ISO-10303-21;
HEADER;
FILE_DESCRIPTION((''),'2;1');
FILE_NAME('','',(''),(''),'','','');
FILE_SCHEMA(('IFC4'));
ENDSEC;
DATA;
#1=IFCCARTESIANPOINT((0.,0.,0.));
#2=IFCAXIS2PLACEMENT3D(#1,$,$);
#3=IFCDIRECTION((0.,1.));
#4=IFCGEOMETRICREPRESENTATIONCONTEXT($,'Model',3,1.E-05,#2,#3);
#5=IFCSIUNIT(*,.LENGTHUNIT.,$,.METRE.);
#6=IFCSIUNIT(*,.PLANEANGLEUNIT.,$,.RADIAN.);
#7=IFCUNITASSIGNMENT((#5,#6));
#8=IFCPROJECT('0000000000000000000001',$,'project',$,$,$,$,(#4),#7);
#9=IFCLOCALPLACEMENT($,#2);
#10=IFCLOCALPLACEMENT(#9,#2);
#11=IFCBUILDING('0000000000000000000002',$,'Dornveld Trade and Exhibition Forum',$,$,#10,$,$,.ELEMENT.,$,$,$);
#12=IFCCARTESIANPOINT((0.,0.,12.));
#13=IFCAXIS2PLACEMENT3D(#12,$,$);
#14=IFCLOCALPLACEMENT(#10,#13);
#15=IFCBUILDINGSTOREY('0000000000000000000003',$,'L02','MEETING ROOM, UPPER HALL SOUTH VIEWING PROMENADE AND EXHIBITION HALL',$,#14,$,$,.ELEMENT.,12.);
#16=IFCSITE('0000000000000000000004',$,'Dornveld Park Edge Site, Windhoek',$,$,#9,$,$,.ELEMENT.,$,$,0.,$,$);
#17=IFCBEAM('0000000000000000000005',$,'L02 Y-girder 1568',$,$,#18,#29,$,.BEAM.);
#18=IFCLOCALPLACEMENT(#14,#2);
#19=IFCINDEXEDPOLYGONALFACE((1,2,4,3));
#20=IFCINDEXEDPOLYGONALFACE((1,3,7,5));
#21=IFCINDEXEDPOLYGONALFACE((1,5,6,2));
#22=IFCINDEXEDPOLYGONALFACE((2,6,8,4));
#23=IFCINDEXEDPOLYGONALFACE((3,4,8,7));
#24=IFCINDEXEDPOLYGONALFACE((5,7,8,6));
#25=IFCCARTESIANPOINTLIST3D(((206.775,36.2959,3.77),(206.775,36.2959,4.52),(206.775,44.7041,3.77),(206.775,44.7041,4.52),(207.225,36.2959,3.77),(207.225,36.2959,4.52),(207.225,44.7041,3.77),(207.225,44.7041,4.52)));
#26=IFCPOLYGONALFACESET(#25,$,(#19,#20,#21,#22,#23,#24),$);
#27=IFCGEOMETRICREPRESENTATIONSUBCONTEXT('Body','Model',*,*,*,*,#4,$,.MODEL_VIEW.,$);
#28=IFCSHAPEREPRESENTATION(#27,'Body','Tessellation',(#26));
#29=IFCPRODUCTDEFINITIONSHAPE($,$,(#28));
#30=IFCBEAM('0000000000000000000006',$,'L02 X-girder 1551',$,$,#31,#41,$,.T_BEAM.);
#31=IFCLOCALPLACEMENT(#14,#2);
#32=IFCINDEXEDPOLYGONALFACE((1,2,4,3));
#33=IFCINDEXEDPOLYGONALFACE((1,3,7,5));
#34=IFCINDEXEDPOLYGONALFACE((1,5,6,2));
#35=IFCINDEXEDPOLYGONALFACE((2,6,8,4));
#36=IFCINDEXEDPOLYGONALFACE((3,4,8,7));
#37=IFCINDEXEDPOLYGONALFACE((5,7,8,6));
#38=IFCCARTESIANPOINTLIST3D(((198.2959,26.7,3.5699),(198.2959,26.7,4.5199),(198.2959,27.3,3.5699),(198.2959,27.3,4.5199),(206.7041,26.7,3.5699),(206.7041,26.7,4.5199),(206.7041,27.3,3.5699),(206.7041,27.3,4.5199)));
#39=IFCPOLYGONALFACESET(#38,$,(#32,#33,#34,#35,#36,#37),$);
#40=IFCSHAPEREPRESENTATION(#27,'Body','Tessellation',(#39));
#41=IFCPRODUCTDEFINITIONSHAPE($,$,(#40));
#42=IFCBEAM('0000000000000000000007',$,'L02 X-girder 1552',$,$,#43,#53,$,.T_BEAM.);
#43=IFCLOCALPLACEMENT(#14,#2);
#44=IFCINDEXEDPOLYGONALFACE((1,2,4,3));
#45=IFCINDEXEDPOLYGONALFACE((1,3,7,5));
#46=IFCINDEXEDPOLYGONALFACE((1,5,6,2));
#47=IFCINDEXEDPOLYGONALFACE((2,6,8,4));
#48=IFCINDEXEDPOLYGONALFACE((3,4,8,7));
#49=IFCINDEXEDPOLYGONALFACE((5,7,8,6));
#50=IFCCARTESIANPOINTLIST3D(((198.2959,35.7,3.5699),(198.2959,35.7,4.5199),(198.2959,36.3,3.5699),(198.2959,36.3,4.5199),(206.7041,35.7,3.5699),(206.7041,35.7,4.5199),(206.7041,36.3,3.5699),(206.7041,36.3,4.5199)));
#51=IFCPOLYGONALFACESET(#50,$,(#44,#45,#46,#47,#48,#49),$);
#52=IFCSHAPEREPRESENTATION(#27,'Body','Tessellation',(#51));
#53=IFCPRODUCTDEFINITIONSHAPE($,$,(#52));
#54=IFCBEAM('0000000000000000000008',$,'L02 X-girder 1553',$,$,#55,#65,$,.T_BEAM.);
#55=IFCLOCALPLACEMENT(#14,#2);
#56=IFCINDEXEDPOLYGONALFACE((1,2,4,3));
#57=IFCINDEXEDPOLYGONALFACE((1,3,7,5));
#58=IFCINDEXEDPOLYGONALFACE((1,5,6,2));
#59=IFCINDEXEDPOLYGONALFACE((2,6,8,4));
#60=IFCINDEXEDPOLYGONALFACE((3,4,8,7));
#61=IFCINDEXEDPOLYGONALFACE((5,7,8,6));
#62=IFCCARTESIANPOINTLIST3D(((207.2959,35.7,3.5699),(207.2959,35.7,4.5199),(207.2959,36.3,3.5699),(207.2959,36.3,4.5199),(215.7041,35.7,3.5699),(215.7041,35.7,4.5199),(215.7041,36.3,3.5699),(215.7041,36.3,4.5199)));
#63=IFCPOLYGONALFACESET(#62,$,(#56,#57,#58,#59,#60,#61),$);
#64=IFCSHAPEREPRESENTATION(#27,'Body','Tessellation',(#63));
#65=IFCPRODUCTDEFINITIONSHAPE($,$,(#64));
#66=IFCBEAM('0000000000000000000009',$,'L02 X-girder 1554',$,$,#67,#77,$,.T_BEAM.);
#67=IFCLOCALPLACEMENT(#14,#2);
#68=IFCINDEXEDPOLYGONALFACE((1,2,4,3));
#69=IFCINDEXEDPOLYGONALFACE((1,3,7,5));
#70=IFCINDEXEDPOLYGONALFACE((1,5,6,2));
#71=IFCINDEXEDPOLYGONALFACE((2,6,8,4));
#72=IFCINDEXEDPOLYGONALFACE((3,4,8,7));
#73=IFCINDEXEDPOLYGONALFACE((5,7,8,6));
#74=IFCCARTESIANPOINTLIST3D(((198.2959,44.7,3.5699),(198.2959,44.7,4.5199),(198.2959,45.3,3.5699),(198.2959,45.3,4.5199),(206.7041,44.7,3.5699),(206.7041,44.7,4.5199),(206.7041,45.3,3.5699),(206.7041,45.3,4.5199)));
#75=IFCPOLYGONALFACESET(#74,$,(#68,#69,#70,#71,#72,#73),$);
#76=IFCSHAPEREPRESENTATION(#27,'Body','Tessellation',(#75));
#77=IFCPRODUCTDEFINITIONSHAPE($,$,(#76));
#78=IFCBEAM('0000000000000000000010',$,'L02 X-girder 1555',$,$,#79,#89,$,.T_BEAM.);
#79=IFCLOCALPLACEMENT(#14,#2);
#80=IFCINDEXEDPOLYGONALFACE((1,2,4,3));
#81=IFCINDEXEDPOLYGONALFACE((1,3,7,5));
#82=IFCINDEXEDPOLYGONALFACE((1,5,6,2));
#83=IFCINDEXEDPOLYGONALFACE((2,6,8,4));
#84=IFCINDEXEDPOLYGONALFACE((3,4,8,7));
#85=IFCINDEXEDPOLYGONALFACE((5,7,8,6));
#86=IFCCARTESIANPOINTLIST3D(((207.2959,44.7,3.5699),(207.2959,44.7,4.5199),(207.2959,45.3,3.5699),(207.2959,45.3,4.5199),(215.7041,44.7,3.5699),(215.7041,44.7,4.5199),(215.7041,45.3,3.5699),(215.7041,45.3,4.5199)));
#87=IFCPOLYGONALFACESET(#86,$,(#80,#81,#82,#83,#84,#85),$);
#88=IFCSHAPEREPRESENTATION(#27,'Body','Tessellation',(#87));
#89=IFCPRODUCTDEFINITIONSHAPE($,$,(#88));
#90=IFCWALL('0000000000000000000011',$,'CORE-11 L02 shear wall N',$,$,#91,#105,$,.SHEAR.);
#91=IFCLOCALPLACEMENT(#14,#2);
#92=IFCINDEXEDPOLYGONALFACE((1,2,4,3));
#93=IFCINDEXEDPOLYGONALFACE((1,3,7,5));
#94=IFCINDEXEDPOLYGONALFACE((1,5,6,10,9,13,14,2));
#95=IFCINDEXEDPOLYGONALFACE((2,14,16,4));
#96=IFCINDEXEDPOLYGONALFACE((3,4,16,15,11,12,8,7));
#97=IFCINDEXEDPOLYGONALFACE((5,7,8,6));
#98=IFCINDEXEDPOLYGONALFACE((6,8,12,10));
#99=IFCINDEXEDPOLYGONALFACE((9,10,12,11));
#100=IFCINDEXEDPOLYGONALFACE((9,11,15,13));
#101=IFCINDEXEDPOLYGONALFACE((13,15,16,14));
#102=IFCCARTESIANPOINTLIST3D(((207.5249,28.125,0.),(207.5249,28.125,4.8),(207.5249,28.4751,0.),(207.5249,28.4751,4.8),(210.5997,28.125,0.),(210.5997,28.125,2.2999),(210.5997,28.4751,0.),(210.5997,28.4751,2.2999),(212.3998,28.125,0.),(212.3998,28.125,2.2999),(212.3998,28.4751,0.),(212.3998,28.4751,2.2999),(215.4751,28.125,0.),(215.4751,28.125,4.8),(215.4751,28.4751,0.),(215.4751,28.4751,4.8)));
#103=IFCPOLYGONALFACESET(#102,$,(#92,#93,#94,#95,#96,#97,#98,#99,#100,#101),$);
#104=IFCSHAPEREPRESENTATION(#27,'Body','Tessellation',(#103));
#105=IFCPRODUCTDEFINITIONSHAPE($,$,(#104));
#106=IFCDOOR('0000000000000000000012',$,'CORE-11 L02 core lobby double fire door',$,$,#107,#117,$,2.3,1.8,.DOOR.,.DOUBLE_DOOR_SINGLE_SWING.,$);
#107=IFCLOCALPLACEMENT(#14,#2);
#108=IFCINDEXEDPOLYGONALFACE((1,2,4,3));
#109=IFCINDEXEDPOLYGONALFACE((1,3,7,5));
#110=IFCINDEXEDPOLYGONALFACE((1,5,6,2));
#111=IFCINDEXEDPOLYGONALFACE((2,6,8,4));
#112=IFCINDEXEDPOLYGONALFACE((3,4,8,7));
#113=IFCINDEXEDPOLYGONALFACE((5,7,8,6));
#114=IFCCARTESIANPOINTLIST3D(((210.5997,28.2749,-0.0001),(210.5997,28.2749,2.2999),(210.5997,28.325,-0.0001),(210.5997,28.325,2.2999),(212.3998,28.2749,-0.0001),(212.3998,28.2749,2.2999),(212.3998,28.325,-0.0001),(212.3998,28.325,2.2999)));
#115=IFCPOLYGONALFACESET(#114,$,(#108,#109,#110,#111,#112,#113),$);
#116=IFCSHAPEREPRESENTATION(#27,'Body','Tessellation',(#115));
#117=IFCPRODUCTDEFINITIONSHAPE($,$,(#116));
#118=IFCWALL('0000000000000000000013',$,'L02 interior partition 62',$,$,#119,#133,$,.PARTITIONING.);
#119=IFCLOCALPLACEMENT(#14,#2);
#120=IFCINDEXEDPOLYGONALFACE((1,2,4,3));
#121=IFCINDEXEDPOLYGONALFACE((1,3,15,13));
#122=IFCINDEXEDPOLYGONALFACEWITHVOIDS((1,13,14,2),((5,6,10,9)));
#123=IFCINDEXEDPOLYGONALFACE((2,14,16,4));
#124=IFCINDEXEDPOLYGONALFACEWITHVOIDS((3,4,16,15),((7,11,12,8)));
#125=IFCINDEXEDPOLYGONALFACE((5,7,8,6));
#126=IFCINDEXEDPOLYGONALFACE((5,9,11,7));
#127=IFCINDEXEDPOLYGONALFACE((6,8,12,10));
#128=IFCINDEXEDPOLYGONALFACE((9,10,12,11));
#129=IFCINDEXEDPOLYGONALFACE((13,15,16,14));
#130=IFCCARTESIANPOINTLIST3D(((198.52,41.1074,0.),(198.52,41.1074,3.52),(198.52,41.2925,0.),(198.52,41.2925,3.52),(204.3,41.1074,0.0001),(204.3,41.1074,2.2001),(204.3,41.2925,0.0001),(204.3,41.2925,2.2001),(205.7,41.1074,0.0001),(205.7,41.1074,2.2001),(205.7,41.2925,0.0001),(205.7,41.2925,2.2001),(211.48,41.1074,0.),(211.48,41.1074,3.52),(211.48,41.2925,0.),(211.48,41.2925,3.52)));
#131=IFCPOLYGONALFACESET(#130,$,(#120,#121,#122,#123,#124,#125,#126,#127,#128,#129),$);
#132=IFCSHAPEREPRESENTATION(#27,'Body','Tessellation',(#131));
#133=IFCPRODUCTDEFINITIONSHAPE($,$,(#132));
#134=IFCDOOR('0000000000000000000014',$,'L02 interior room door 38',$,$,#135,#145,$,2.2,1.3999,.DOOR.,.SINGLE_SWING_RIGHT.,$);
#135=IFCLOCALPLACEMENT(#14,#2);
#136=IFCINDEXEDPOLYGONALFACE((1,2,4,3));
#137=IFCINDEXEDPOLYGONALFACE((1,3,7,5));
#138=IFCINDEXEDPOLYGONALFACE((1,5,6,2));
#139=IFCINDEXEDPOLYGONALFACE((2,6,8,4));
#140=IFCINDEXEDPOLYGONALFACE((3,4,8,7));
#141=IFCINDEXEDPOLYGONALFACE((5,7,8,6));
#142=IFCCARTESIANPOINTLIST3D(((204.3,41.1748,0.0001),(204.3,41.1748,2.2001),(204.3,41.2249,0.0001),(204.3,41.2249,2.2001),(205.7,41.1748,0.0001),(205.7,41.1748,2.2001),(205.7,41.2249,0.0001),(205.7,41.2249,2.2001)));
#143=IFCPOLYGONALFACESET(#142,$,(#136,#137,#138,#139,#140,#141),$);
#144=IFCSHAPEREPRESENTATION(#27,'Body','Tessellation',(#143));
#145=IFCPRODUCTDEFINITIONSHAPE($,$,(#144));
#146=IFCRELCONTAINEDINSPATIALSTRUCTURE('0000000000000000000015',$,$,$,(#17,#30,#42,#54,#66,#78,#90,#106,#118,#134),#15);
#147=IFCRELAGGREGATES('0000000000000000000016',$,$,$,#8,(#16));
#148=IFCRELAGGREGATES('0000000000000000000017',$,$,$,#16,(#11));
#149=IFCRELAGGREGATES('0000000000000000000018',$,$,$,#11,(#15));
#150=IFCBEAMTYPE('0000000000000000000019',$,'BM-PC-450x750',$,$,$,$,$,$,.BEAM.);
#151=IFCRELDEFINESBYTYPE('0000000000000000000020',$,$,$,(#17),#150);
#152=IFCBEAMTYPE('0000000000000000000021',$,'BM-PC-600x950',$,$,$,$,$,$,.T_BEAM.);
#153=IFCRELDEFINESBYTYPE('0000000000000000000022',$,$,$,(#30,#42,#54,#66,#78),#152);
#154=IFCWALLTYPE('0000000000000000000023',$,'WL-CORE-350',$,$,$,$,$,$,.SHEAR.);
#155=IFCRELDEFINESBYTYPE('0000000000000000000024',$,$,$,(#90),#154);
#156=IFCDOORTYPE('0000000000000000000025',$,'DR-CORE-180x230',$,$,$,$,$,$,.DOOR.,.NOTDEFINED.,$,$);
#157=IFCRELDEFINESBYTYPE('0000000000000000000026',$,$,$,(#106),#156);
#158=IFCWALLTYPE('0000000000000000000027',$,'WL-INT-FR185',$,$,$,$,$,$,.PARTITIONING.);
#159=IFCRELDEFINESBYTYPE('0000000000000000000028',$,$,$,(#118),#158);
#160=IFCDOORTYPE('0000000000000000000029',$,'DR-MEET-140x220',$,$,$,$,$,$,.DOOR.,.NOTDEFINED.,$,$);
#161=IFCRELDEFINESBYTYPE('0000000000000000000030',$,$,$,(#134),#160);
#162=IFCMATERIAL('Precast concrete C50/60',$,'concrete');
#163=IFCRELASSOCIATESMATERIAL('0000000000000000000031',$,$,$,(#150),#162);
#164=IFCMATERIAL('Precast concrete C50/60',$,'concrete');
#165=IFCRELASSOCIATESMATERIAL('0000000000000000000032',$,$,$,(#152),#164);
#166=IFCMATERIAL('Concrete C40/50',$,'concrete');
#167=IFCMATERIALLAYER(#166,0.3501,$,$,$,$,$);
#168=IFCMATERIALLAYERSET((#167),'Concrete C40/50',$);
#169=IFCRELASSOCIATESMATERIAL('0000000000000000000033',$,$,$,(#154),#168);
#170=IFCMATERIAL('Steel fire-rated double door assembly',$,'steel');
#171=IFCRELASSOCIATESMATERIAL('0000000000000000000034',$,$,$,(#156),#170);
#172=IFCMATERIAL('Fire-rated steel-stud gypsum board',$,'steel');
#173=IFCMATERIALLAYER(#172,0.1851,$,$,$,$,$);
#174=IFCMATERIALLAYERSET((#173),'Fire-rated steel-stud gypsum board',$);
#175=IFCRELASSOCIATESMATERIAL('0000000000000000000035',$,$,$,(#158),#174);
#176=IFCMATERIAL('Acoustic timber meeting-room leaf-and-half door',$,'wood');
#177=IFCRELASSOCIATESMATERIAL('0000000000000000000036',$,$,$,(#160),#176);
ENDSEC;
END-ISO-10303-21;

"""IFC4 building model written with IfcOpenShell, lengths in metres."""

from ifc_helpers import new_model, si_unit, direction, frame, frame_2d, origin, origin_2d, place, context, subcontext, project, spatial, rectangle, extrude, material, layer, layer_set, material_profile, profile_set, type_object, element, fill, save


model = new_model("IFC4")

# Units and contexts
model_context = context("Model", 3, precision=1e-05, world=origin(), true_north=direction((0.0, 1.0)))
body_context = subcontext(model_context, "Body", "Model", "MODEL_VIEW")
ifc_project = project(units=[si_unit("LENGTHUNIT", "METRE"), si_unit("PLANEANGLEUNIT", "RADIAN")], contexts=[model_context])

# Site, building, storey
site_placement = place(None, origin())
site = spatial("IfcSite", under=ifc_project, at=site_placement, Name="Dornveld Park Edge Site, Windhoek", CompositionType="ELEMENT", RefElevation=0.0)
building_placement = place(site_placement, origin())
building = spatial("IfcBuilding", under=site, at=building_placement, Name="Dornveld Trade and Exhibition Forum", CompositionType="ELEMENT")
storey_placement = place(building_placement, frame((0.0, 0.0, 12.0)))
storey = spatial("IfcBuildingStorey", under=building, at=storey_placement, Name="L02", Description="MEETING ROOM, UPPER HALL SOUTH VIEWING PROMENADE AND EXHIBITION HALL", CompositionType="ELEMENT", Elevation=12.0)

# Beams
ifc_material_1 = material(Name="Precast concrete C50/60", Category="concrete")
ifc_material_profile_1 = material_profile(ifc_material_1, rectangle(XDim=0.45, YDim=0.75, at=origin_2d()), Name="PC-BM 450x750")
ifc_profile_set_1 = profile_set([ifc_material_profile_1], Name="Precast concrete C50/60")
beam_type_1 = type_object("IfcBeamType", Name="BM-PC-450x750", PredefinedType="BEAM", material=ifc_profile_set_1)
for number, where, z_axis, x_axis, name in (
    (1, (207.0, 36.2959, 4.145), (0.0, 1.0, 0.0), (-1.0, 0.0, 0.0), "L02 Y-girder 1568"),
):
    element("IfcBeam", number, at=place(storey_placement, frame(where, z_axis=z_axis, x_axis=x_axis)), inside=storey, type_object=beam_type_1, Name=name, PredefinedType="BEAM", context=body_context, shape_type="SweptSolid", body=[
        extrude(rectangle(XDim=0.45, YDim=0.75, at=origin_2d()), origin(), (0.0, 0.0, 1.0), 8.4082),
    ])
ifc_material_2 = material(Name="Precast concrete C50/60", Category="concrete")
ifc_material_profile_2 = material_profile(ifc_material_2, rectangle(XDim=0.6001, YDim=0.95, at=origin_2d()), Name="PC-GIR 600x950")
ifc_profile_set_2 = profile_set([ifc_material_profile_2], Name="Precast concrete C50/60")
beam_type_2 = type_object("IfcBeamType", Name="BM-PC-600x950", PredefinedType="T_BEAM", material=ifc_profile_set_2)
for number, where, z_axis, x_axis, name in (
    (2, (198.2959, 27.0, 4.0449), (1.0, 0.0, 0.0), (0.0, 1.0, 0.0), "L02 X-girder 1551"),
    (3, (198.2959, 36.0, 4.0449), (1.0, 0.0, 0.0), (0.0, 1.0, 0.0), "L02 X-girder 1552"),
    (4, (207.2959, 36.0, 4.0449), (1.0, 0.0, 0.0), (0.0, 1.0, 0.0), "L02 X-girder 1553"),
    (5, (198.2959, 45.0, 4.0449), (1.0, 0.0, 0.0), (0.0, 1.0, 0.0), "L02 X-girder 1554"),
    (6, (207.2959, 45.0, 4.0449), (1.0, 0.0, 0.0), (0.0, 1.0, 0.0), "L02 X-girder 1555"),
):
    element("IfcBeam", number, at=place(storey_placement, frame(where, z_axis=z_axis, x_axis=x_axis)), inside=storey, type_object=beam_type_2, Name=name, PredefinedType="T_BEAM", context=body_context, shape_type="SweptSolid", body=[
        extrude(rectangle(XDim=0.6001, YDim=0.95, at=origin_2d()), origin(), (0.0, 0.0, 1.0), 8.4082),
    ])

# Walls, openings, doors
ifc_material_3 = material(Name="Concrete C40/50", Category="concrete")
ifc_layer_1 = layer(ifc_material_3, 0.3501)
ifc_layer_set_1 = layer_set([ifc_layer_1], Name="Concrete C40/50")
wall_type_1 = type_object("IfcWallType", Name="WL-CORE-350", PredefinedType="SHEAR", material=ifc_layer_set_1)
wall_1_placement = place(storey_placement, frame((207.5249, 28.3, 0.0), z_axis=(0.0, 0.0, 1.0), x_axis=(1.0, 0.0, 0.0)))
wall_1 = element("IfcWall", 7, at=wall_1_placement, inside=storey, type_object=wall_type_1, Name="CORE-11 L02 shear wall N", PredefinedType="SHEAR", context=body_context, shape_type="SweptSolid", body=[
    extrude(rectangle(XDim=7.9502, YDim=0.3501, at=frame_2d((3.9751, 0.0))), origin(), (0.0, 0.0, 1.0), 4.8),
])
opening_1_placement = place(wall_1_placement, frame((3.075, 0.0, 0.0)))
opening_1 = element("IfcOpeningElement", 8, at=opening_1_placement, cuts=wall_1, PredefinedType="OPENING", context=body_context, shape_type="SweptSolid", body=[
    extrude(rectangle(XDim=1.8, YDim=2.3, at=frame_2d((0.8999, 1.1499))), frame((0.0, 0.1851, 0.0), z_axis=(0.0, -1.0, 0.0), x_axis=(1.0, 0.0, 0.0)), (0.0, 0.0, 1.0), 0.3701),
])
ifc_material_4 = material(Name="Steel fire-rated double door assembly", Category="steel")
door_type_1 = type_object("IfcDoorType", Name="DR-CORE-180x230", OperationType="NOTDEFINED", PredefinedType="DOOR", material=ifc_material_4)
door_1_placement = place(opening_1_placement, origin())
door_1 = element("IfcDoor", 9, at=door_1_placement, inside=storey, type_object=door_type_1, Name="CORE-11 L02 core lobby double fire door", OperationType="DOUBLE_DOOR_SINGLE_SWING", OverallHeight=2.3, OverallWidth=1.8, PredefinedType="DOOR", context=body_context, shape_type="SweptSolid", body=[
    extrude(rectangle(XDim=1.8, YDim=2.3, at=frame_2d((0.8999, 1.1499))), frame((0.0, 0.0249, 0.0), z_axis=(0.0, -1.0, 0.0), x_axis=(1.0, 0.0, 0.0)), (0.0, 0.0, 1.0), 0.05),
])
fill(opening_1, door_1)
ifc_material_5 = material(Name="Fire-rated steel-stud gypsum board", Category="steel")
ifc_layer_2 = layer(ifc_material_5, 0.1851)
ifc_layer_set_2 = layer_set([ifc_layer_2], Name="Fire-rated steel-stud gypsum board")
wall_type_2 = type_object("IfcWallType", Name="WL-INT-FR185", PredefinedType="PARTITIONING", material=ifc_layer_set_2)
wall_2_placement = place(storey_placement, frame((198.52, 41.2, 0.0), z_axis=(0.0, 0.0, 1.0), x_axis=(1.0, 0.0, 0.0)))
wall_2 = element("IfcWall", 10, at=wall_2_placement, inside=storey, type_object=wall_type_2, Name="L02 interior partition 62", PredefinedType="PARTITIONING", context=body_context, shape_type="SweptSolid", body=[
    extrude(rectangle(XDim=12.96, YDim=0.1851, at=frame_2d((6.48, 0.0))), origin(), (0.0, 0.0, 1.0), 3.52),
])
opening_2_placement = place(wall_2_placement, frame((5.78, 0.0, 0.0)))
opening_2 = element("IfcOpeningElement", 11, at=opening_2_placement, cuts=wall_2, PredefinedType="OPENING", context=body_context, shape_type="SweptSolid", body=[
    extrude(rectangle(XDim=1.3999, YDim=2.2, at=frame_2d((0.7, 1.1001))), frame((0.0, 0.1025, 0.0), z_axis=(0.0, -1.0, 0.0), x_axis=(1.0, 0.0, 0.0)), (0.0, 0.0, 1.0), 0.2051),
])
ifc_material_6 = material(Name="Acoustic timber meeting-room leaf-and-half door", Category="wood")
door_type_2 = type_object("IfcDoorType", Name="DR-MEET-140x220", OperationType="NOTDEFINED", PredefinedType="DOOR", material=ifc_material_6)
door_2_placement = place(opening_2_placement, origin())
door_2 = element("IfcDoor", 12, at=door_2_placement, inside=storey, type_object=door_type_2, Name="L02 interior room door 38", OperationType="SINGLE_SWING_RIGHT", OverallHeight=2.2, OverallWidth=1.3999, PredefinedType="DOOR", context=body_context, shape_type="SweptSolid", body=[
    extrude(rectangle(XDim=1.3999, YDim=2.2, at=frame_2d((0.7, 1.1001))), frame((0.0, 0.0249, 0.0), z_axis=(0.0, -1.0, 0.0), x_axis=(1.0, 0.0, 0.0)), (0.0, 0.0, 1.0), 0.05),
])
fill(opening_2, door_2)

save(model, "model.ifc")
